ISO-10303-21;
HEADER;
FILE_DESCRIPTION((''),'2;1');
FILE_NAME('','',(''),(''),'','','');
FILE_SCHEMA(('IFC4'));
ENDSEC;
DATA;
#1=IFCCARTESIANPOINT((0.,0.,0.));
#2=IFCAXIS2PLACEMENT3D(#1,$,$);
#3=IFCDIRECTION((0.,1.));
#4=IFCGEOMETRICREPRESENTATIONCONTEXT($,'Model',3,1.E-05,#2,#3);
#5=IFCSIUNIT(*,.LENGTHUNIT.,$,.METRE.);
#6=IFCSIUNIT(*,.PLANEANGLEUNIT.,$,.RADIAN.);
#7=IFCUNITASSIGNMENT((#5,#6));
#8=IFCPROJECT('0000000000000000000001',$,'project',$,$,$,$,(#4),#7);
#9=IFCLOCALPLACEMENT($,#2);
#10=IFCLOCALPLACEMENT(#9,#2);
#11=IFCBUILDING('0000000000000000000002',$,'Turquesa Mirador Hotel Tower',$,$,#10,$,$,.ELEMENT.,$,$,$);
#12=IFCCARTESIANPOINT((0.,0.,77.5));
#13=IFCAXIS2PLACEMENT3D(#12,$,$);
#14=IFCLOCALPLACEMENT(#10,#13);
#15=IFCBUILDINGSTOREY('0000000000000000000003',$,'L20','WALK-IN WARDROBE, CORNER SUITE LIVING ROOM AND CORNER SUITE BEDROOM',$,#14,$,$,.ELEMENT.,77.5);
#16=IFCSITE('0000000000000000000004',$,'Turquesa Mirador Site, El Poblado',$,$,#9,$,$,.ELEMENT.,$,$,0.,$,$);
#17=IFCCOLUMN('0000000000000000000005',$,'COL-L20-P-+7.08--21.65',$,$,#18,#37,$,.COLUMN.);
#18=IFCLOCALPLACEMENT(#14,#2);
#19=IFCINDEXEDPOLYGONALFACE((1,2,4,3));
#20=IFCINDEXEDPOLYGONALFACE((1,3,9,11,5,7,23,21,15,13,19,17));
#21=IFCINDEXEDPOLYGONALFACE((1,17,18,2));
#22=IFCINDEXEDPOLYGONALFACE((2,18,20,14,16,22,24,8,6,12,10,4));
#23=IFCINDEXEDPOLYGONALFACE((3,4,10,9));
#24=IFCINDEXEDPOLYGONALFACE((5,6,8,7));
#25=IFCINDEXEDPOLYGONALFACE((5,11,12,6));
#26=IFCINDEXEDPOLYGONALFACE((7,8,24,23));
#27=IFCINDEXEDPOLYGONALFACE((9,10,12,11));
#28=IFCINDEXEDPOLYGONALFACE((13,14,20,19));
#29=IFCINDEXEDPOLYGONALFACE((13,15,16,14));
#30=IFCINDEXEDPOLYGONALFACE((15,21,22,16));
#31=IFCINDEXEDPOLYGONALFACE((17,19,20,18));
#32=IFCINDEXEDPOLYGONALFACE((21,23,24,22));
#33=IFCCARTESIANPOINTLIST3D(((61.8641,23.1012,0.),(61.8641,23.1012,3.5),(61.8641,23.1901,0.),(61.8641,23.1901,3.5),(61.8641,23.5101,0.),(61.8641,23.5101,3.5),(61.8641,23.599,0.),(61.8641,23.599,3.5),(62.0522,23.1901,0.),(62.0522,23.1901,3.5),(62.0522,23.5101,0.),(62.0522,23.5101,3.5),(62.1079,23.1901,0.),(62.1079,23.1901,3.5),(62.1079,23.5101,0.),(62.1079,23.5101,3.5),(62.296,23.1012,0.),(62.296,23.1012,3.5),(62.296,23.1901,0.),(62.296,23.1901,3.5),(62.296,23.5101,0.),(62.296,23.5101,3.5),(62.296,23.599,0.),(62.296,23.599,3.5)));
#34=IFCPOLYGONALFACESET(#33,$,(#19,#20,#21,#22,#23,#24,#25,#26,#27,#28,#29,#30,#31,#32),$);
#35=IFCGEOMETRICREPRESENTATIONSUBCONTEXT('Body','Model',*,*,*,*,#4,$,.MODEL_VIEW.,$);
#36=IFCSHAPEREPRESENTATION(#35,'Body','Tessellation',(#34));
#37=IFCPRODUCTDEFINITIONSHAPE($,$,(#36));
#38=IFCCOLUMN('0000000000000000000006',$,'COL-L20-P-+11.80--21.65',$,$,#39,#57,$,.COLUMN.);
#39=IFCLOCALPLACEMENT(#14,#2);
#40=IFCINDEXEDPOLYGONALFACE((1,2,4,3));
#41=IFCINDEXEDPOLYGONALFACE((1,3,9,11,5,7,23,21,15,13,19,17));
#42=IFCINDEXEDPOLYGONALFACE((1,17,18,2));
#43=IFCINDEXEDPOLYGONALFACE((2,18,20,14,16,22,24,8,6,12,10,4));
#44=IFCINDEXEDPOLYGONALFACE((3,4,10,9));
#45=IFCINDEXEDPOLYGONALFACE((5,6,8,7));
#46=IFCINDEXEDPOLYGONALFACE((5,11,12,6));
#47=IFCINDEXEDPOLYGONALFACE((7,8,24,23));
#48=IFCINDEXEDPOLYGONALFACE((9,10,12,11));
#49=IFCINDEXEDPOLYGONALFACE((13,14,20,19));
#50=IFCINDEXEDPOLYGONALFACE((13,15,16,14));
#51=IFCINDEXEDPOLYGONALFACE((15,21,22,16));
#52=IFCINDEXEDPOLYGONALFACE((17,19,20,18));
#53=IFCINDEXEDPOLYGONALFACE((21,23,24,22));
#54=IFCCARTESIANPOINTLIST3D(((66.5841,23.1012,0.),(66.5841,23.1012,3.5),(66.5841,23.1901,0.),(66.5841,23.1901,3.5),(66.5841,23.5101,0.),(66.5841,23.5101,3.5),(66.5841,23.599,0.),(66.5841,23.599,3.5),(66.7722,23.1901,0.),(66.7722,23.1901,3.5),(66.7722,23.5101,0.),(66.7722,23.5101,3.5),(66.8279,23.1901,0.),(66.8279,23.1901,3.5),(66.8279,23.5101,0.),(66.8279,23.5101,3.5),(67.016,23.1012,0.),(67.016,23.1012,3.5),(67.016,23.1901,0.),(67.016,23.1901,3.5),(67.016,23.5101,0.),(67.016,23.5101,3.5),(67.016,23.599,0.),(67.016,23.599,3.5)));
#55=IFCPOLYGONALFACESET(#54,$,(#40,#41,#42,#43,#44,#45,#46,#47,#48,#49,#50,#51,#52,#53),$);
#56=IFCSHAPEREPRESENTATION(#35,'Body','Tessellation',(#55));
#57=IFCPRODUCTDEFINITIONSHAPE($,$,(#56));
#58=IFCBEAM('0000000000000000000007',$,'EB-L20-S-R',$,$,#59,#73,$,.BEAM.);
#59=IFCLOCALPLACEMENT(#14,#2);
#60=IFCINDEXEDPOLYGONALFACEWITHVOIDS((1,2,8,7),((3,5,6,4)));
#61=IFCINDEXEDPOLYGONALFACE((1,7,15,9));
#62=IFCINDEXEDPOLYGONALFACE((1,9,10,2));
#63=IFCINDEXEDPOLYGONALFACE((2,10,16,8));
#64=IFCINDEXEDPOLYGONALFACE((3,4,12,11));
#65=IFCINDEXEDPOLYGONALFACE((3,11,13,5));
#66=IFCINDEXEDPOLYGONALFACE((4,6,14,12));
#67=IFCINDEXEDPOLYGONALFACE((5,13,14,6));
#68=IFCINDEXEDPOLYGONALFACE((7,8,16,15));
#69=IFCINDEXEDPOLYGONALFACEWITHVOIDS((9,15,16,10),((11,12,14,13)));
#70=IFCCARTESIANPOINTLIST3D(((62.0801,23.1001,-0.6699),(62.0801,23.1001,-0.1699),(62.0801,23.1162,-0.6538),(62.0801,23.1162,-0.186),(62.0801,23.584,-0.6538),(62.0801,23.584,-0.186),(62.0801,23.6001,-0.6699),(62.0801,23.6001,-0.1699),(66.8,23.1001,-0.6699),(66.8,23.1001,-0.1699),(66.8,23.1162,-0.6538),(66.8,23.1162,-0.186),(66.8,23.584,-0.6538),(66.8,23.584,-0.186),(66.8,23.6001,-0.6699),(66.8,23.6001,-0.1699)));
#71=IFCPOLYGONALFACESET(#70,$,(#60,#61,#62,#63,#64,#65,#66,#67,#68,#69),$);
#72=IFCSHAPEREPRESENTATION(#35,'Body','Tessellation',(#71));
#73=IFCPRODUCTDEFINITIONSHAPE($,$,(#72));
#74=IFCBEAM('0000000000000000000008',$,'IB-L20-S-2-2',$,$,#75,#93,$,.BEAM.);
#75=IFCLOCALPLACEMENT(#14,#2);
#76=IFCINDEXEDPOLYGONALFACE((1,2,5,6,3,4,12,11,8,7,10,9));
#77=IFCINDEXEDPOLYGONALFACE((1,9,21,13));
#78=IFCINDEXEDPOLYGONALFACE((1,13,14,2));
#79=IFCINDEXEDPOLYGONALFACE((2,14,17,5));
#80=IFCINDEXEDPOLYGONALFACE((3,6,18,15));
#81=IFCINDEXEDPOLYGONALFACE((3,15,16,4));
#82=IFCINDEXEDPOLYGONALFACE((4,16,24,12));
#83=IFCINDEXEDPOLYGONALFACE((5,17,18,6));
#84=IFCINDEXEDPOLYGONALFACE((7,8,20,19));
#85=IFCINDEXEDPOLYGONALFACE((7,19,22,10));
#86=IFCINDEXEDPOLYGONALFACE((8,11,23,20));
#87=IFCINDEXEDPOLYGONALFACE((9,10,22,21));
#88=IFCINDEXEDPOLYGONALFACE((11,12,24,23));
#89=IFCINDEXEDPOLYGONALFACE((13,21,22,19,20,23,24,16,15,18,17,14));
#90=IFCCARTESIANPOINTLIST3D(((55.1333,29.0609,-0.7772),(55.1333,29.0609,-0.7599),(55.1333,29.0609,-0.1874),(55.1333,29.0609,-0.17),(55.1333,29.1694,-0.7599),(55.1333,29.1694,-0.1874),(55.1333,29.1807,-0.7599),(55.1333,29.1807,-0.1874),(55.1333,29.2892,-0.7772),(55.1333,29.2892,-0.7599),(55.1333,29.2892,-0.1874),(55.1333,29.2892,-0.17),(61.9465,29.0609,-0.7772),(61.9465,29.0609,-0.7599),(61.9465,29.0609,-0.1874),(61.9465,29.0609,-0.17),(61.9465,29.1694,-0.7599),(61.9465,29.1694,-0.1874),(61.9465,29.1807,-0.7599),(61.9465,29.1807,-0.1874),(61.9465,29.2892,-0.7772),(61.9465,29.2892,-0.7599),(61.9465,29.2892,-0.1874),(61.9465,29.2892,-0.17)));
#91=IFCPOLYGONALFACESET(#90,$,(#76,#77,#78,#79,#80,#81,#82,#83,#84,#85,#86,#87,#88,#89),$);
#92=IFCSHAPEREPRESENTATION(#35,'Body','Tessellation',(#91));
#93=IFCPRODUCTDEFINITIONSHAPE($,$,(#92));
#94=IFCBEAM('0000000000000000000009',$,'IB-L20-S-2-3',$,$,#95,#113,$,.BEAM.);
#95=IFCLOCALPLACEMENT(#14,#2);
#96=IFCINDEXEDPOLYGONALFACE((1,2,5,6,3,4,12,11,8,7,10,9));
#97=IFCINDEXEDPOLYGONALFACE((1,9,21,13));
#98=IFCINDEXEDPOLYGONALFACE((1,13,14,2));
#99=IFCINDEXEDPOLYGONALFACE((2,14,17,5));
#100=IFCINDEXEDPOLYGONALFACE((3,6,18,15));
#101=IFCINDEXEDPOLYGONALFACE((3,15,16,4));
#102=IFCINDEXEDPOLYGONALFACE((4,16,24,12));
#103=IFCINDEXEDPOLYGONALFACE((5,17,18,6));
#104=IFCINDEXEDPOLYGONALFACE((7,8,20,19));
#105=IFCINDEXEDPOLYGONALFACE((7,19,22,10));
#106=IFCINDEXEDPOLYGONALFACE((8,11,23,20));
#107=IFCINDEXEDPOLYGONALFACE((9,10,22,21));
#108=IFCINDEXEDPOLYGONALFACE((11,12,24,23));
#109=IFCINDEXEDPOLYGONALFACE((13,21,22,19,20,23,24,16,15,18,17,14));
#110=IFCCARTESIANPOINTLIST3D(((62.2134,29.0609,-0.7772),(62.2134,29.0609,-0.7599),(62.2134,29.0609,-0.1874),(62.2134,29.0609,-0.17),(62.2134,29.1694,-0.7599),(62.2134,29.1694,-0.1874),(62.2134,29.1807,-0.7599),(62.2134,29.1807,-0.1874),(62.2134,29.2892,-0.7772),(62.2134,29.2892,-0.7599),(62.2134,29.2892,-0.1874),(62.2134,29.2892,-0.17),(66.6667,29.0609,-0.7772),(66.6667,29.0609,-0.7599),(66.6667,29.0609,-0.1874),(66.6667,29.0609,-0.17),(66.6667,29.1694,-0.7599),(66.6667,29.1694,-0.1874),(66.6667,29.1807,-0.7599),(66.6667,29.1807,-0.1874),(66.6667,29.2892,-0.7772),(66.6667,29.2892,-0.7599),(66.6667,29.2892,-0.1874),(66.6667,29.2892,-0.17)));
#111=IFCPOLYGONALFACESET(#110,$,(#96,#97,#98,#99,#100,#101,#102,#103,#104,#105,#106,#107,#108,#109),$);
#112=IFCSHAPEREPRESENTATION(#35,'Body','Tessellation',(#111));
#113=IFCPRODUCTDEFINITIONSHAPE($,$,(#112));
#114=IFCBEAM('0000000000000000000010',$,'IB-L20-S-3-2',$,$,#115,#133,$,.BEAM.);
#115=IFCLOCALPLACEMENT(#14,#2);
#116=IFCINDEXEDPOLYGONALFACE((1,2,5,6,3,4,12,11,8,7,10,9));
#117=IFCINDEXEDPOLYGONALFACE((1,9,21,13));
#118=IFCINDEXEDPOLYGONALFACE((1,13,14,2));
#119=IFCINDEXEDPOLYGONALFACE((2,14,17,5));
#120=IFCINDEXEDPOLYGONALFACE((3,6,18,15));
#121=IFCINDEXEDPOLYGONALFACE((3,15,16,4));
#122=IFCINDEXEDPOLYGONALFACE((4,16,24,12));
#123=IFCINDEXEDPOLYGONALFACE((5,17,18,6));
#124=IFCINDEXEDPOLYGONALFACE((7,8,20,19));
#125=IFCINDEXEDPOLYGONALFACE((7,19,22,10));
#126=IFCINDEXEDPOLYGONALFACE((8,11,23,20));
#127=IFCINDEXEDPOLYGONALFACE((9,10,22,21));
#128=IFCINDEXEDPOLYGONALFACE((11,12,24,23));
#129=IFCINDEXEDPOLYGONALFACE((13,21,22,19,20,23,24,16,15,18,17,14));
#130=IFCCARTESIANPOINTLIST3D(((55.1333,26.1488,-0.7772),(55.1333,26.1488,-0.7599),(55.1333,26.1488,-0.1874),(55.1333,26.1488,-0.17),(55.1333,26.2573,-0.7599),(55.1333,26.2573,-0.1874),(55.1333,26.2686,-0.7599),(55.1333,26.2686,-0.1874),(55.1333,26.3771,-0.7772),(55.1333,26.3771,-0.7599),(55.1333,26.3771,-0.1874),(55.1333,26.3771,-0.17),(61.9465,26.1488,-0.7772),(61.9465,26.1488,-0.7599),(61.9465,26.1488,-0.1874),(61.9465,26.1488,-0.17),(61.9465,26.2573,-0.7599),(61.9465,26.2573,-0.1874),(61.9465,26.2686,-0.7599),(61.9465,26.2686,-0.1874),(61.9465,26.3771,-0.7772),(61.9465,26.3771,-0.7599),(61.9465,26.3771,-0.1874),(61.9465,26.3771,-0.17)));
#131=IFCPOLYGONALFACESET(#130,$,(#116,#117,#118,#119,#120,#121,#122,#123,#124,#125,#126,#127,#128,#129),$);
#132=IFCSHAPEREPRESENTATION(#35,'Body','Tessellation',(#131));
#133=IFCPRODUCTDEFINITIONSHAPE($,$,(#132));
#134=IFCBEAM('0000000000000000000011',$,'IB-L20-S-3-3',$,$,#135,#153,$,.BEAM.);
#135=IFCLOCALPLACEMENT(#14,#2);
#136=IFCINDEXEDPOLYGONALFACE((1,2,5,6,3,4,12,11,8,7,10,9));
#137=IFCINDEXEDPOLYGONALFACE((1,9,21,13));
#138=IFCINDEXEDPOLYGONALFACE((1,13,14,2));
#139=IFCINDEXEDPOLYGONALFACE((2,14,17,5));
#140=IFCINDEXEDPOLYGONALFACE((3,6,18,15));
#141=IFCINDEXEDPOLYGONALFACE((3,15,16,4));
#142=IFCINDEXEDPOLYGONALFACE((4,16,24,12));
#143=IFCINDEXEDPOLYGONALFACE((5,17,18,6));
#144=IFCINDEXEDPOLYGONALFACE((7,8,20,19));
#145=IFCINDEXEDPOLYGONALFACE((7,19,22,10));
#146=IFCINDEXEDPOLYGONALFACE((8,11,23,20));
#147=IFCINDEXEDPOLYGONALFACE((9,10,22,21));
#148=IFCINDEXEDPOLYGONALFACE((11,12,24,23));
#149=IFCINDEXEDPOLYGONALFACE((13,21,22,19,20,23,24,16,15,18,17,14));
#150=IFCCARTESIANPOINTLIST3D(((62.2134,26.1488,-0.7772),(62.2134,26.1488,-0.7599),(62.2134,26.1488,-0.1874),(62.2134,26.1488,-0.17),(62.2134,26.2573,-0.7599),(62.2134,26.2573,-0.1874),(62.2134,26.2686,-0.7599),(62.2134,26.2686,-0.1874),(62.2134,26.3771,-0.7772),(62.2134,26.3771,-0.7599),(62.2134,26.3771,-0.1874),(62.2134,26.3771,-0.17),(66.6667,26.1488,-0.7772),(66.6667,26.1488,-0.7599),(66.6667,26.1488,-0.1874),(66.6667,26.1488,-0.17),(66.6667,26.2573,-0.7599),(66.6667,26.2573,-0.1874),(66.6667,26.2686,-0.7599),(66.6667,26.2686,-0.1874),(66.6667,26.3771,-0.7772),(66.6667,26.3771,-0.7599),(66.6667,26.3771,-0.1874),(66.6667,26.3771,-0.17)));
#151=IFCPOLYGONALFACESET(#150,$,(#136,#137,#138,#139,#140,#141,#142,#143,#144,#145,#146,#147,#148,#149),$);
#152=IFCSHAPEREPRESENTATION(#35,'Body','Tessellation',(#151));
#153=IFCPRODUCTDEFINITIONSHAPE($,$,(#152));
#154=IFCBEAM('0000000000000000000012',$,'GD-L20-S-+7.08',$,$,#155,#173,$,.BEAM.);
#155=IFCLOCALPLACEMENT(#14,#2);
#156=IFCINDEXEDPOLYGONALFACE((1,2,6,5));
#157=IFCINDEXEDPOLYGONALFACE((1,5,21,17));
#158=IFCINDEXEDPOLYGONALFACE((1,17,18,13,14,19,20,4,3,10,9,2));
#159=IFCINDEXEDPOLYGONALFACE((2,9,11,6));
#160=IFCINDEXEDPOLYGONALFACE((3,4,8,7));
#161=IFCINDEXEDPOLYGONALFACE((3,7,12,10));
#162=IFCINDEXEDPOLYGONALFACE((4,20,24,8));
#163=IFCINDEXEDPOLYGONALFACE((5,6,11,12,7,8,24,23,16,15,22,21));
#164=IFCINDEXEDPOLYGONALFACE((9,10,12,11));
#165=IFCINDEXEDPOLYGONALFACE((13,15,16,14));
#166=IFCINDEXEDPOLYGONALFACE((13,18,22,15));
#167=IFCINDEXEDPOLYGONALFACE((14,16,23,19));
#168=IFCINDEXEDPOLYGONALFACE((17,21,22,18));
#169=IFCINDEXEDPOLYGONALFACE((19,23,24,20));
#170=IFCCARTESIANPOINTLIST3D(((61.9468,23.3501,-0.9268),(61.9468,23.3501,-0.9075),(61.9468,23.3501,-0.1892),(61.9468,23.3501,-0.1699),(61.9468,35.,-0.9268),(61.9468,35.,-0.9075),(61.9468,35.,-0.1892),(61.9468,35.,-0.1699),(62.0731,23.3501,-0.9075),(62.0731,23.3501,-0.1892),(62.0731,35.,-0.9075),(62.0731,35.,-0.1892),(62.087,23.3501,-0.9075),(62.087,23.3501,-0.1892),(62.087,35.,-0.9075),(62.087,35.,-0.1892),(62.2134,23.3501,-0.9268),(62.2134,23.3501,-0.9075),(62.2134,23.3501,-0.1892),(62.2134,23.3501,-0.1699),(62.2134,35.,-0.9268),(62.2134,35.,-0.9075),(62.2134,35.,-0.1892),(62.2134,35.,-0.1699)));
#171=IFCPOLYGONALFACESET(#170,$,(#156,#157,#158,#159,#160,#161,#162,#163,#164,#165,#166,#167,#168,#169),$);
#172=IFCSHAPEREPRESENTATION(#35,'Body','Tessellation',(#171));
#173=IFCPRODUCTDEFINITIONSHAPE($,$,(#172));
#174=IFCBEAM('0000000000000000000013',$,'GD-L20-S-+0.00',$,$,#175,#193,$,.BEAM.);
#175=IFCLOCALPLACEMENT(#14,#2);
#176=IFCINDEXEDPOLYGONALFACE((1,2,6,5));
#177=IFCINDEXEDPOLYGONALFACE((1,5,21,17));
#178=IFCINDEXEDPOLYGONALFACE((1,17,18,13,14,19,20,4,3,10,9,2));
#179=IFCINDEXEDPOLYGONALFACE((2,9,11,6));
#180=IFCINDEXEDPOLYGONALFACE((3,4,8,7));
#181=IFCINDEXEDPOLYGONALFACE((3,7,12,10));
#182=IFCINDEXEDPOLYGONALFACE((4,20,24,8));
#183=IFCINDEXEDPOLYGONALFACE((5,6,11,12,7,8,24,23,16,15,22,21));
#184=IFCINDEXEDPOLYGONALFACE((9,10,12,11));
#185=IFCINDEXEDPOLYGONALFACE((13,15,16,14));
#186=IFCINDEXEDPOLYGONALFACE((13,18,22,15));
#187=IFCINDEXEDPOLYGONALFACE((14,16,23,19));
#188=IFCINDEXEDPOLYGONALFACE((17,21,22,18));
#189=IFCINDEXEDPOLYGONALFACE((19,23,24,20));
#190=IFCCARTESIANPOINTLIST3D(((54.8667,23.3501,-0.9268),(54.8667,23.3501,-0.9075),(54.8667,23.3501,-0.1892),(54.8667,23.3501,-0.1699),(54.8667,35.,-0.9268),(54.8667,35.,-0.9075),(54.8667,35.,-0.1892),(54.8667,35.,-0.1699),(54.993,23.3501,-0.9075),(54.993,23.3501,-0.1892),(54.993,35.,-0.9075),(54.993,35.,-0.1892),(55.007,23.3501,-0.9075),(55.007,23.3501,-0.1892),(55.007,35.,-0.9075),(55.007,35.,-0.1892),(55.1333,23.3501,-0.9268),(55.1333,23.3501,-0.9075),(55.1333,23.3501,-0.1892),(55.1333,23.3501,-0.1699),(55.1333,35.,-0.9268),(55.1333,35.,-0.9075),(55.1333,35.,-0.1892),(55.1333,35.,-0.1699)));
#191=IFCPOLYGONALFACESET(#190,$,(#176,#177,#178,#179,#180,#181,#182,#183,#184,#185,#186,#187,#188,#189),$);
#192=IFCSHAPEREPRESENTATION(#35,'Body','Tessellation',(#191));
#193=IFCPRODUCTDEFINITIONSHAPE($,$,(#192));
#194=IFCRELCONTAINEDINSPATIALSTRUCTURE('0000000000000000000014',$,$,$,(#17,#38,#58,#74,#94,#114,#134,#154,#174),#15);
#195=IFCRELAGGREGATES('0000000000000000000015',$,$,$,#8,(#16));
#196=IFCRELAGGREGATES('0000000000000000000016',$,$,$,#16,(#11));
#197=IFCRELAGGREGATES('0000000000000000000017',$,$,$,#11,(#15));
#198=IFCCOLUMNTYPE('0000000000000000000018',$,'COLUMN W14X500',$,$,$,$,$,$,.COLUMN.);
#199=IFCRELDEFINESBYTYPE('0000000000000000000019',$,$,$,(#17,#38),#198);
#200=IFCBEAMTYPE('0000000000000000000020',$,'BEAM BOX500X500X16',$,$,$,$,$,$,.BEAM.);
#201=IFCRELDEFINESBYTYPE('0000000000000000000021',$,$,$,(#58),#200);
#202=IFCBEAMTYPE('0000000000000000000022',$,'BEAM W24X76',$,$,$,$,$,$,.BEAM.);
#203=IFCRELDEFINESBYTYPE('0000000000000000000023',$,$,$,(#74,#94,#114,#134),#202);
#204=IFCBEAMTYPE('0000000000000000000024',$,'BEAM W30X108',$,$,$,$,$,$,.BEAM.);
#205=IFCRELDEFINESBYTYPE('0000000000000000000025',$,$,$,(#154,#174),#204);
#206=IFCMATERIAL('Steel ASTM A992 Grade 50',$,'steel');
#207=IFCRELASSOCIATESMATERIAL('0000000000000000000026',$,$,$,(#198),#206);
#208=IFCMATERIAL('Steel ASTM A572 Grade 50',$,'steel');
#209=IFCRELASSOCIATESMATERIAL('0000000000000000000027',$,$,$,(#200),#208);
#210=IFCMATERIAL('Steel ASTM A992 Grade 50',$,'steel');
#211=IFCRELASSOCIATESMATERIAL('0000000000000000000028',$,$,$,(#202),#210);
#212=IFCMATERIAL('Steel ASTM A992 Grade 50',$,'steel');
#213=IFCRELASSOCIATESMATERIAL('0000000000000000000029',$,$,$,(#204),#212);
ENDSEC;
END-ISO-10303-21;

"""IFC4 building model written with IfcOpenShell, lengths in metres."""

from ifc_helpers import new_model, si_unit, direction, frame, origin, origin_2d, place, context, subcontext, project, spatial, hollow_rectangle, i_section, extrude, material, material_profile, profile_set, type_object, element, save


model = new_model("IFC4")

# Units and contexts
model_context = context("Model", 3, precision=1e-05, world=origin(), true_north=direction((0.0, 1.0)))
body_context = subcontext(model_context, "Body", "Model", "MODEL_VIEW")
ifc_project = project(units=[si_unit("LENGTHUNIT", "METRE"), si_unit("PLANEANGLEUNIT", "RADIAN")], contexts=[model_context])

# Site, building, storey
site_placement = place(None, origin())
site = spatial("IfcSite", under=ifc_project, at=site_placement, Name="Turquesa Mirador Site, El Poblado", CompositionType="ELEMENT", RefElevation=0.0)
building_placement = place(site_placement, origin())
building = spatial("IfcBuilding", under=site, at=building_placement, Name="Turquesa Mirador Hotel Tower", CompositionType="ELEMENT")
storey_placement = place(building_placement, frame((0.0, 0.0, 77.5)))
storey = spatial("IfcBuildingStorey", under=building, at=storey_placement, Name="L20", Description="WALK-IN WARDROBE, CORNER SUITE LIVING ROOM AND CORNER SUITE BEDROOM", CompositionType="ELEMENT", Elevation=77.5)

# Columns
ifc_material_1 = material(Name="Steel ASTM A992 Grade 50", Category="steel")
ifc_material_profile_1 = material_profile(ifc_material_1, i_section(OverallWidth=0.4319, OverallDepth=0.4978, WebThickness=0.0557, FlangeThickness=0.0889, at=origin_2d()), Name="W14X500")
ifc_profile_set_1 = profile_set([ifc_material_profile_1], Name="Steel ASTM A992 Grade 50")
column_type = type_object("IfcColumnType", Name="COLUMN W14X500", PredefinedType="COLUMN", material=ifc_profile_set_1)
for number, where, z_axis, x_axis, name in (
    (1, (62.0801, 23.3501, 0.0), (0.0, 0.0, 1.0), (1.0, 0.0, 0.0), "COL-L20-P-+7.08--21.65"),
    (2, (66.8, 23.3501, 0.0), (0.0, 0.0, 1.0), (1.0, 0.0, 0.0), "COL-L20-P-+11.80--21.65"),
):
    element("IfcColumn", number, at=place(storey_placement, frame(where, z_axis=z_axis, x_axis=x_axis)), inside=storey, type_object=column_type, Name=name, PredefinedType="COLUMN", context=body_context, shape_type="SweptSolid", body=[
        extrude(i_section(OverallWidth=0.4319, OverallDepth=0.4978, WebThickness=0.0557, FlangeThickness=0.0889, at=origin_2d()), origin(), (0.0, 0.0, 1.0), 3.5),
    ])

# Beams
ifc_material_2 = material(Name="Steel ASTM A572 Grade 50", Category="steel")
ifc_material_profile_2 = material_profile(ifc_material_2, hollow_rectangle(XDim=0.5, YDim=0.5, WallThickness=0.0161, at=origin_2d()), Name="BOX500X500X16")
ifc_profile_set_2 = profile_set([ifc_material_profile_2], Name="Steel ASTM A572 Grade 50")
beam_type_1 = type_object("IfcBeamType", Name="BEAM BOX500X500X16", PredefinedType="BEAM", material=ifc_profile_set_2)
beam_1_placement = place(storey_placement, frame((62.0801, 23.3501, -0.4199), z_axis=(1.0, 0.0, 0.0), x_axis=(0.0, 1.0, 0.0)))
element("IfcBeam", 3, at=beam_1_placement, inside=storey, type_object=beam_type_1, Name="EB-L20-S-R", PredefinedType="BEAM", context=body_context, shape_type="SweptSolid", body=[
    extrude(hollow_rectangle(XDim=0.5, YDim=0.5, WallThickness=0.0161, at=origin_2d()), origin(), (0.0, 0.0, 1.0), 4.72),
])
ifc_material_3 = material(Name="Steel ASTM A992 Grade 50", Category="steel")
ifc_material_profile_3 = material_profile(ifc_material_3, i_section(OverallWidth=0.2283, OverallDepth=0.6072, WebThickness=0.0112, FlangeThickness=0.0173, at=origin_2d()), Name="W24X76")
ifc_profile_set_3 = profile_set([ifc_material_profile_3], Name="Steel ASTM A992 Grade 50")
beam_type_2 = type_object("IfcBeamType", Name="BEAM W24X76", PredefinedType="BEAM", material=ifc_profile_set_3)
beam_2_placement = place(storey_placement, frame((55.1333, 29.175, -0.4736), z_axis=(1.0, 0.0, 0.0), x_axis=(0.0, 1.0, 0.0)))
element("IfcBeam", 4, at=beam_2_placement, inside=storey, type_object=beam_type_2, Name="IB-L20-S-2-2", PredefinedType="BEAM", context=body_context, shape_type="SweptSolid", body=[
    extrude(i_section(OverallWidth=0.2283, OverallDepth=0.6072, WebThickness=0.0112, FlangeThickness=0.0173, at=origin_2d()), origin(), (0.0, 0.0, 1.0), 6.8132),
])
beam_3_placement = place(storey_placement, frame((62.2134, 29.175, -0.4736), z_axis=(1.0, 0.0, 0.0), x_axis=(0.0, 1.0, 0.0)))
element("IfcBeam", 5, at=beam_3_placement, inside=storey, type_object=beam_type_2, Name="IB-L20-S-2-3", PredefinedType="BEAM", context=body_context, shape_type="SweptSolid", body=[
    extrude(i_section(OverallWidth=0.2283, OverallDepth=0.6072, WebThickness=0.0112, FlangeThickness=0.0173, at=origin_2d()), origin(), (0.0, 0.0, 1.0), 4.4534),
])
beam_4_placement = place(storey_placement, frame((55.1333, 26.2629, -0.4736), z_axis=(1.0, 0.0, 0.0), x_axis=(0.0, 1.0, 0.0)))
element("IfcBeam", 6, at=beam_4_placement, inside=storey, type_object=beam_type_2, Name="IB-L20-S-3-2", PredefinedType="BEAM", context=body_context, shape_type="SweptSolid", body=[
    extrude(i_section(OverallWidth=0.2283, OverallDepth=0.6072, WebThickness=0.0112, FlangeThickness=0.0173, at=origin_2d()), origin(), (0.0, 0.0, 1.0), 6.8132),
])
beam_5_placement = place(storey_placement, frame((62.2134, 26.2629, -0.4736), z_axis=(1.0, 0.0, 0.0), x_axis=(0.0, 1.0, 0.0)))
element("IfcBeam", 7, at=beam_5_placement, inside=storey, type_object=beam_type_2, Name="IB-L20-S-3-3", PredefinedType="BEAM", context=body_context, shape_type="SweptSolid", body=[
    extrude(i_section(OverallWidth=0.2283, OverallDepth=0.6072, WebThickness=0.0112, FlangeThickness=0.0173, at=origin_2d()), origin(), (0.0, 0.0, 1.0), 4.4534),
])
ifc_material_4 = material(Name="Steel ASTM A992 Grade 50", Category="steel")
ifc_material_profile_4 = material_profile(ifc_material_4, i_section(OverallWidth=0.2666, OverallDepth=0.7568, WebThickness=0.0139, FlangeThickness=0.0193, at=origin_2d()), Name="W30X108")
ifc_profile_set_4 = profile_set([ifc_material_profile_4], Name="Steel ASTM A992 Grade 50")
beam_type_3 = type_object("IfcBeamType", Name="BEAM W30X108", PredefinedType="BEAM", material=ifc_profile_set_4)
for number, where, z_axis, x_axis, name in (
    (8, (62.0801, 23.3501, -0.5483), (0.0, 1.0, 0.0), (-1.0, 0.0, 0.0), "GD-L20-S-+7.08"),
    (9, (55.0, 23.3501, -0.5483), (0.0, 1.0, 0.0), (-1.0, 0.0, 0.0), "GD-L20-S-+0.00"),
):
    element("IfcBeam", number, at=place(storey_placement, frame(where, z_axis=z_axis, x_axis=x_axis)), inside=storey, type_object=beam_type_3, Name=name, PredefinedType="BEAM", context=body_context, shape_type="SweptSolid", body=[
        extrude(i_section(OverallWidth=0.2666, OverallDepth=0.7568, WebThickness=0.0139, FlangeThickness=0.0193, at=origin_2d()), origin(), (0.0, 0.0, 1.0), 11.6499),
    ])

save(model, "model.ifc")
